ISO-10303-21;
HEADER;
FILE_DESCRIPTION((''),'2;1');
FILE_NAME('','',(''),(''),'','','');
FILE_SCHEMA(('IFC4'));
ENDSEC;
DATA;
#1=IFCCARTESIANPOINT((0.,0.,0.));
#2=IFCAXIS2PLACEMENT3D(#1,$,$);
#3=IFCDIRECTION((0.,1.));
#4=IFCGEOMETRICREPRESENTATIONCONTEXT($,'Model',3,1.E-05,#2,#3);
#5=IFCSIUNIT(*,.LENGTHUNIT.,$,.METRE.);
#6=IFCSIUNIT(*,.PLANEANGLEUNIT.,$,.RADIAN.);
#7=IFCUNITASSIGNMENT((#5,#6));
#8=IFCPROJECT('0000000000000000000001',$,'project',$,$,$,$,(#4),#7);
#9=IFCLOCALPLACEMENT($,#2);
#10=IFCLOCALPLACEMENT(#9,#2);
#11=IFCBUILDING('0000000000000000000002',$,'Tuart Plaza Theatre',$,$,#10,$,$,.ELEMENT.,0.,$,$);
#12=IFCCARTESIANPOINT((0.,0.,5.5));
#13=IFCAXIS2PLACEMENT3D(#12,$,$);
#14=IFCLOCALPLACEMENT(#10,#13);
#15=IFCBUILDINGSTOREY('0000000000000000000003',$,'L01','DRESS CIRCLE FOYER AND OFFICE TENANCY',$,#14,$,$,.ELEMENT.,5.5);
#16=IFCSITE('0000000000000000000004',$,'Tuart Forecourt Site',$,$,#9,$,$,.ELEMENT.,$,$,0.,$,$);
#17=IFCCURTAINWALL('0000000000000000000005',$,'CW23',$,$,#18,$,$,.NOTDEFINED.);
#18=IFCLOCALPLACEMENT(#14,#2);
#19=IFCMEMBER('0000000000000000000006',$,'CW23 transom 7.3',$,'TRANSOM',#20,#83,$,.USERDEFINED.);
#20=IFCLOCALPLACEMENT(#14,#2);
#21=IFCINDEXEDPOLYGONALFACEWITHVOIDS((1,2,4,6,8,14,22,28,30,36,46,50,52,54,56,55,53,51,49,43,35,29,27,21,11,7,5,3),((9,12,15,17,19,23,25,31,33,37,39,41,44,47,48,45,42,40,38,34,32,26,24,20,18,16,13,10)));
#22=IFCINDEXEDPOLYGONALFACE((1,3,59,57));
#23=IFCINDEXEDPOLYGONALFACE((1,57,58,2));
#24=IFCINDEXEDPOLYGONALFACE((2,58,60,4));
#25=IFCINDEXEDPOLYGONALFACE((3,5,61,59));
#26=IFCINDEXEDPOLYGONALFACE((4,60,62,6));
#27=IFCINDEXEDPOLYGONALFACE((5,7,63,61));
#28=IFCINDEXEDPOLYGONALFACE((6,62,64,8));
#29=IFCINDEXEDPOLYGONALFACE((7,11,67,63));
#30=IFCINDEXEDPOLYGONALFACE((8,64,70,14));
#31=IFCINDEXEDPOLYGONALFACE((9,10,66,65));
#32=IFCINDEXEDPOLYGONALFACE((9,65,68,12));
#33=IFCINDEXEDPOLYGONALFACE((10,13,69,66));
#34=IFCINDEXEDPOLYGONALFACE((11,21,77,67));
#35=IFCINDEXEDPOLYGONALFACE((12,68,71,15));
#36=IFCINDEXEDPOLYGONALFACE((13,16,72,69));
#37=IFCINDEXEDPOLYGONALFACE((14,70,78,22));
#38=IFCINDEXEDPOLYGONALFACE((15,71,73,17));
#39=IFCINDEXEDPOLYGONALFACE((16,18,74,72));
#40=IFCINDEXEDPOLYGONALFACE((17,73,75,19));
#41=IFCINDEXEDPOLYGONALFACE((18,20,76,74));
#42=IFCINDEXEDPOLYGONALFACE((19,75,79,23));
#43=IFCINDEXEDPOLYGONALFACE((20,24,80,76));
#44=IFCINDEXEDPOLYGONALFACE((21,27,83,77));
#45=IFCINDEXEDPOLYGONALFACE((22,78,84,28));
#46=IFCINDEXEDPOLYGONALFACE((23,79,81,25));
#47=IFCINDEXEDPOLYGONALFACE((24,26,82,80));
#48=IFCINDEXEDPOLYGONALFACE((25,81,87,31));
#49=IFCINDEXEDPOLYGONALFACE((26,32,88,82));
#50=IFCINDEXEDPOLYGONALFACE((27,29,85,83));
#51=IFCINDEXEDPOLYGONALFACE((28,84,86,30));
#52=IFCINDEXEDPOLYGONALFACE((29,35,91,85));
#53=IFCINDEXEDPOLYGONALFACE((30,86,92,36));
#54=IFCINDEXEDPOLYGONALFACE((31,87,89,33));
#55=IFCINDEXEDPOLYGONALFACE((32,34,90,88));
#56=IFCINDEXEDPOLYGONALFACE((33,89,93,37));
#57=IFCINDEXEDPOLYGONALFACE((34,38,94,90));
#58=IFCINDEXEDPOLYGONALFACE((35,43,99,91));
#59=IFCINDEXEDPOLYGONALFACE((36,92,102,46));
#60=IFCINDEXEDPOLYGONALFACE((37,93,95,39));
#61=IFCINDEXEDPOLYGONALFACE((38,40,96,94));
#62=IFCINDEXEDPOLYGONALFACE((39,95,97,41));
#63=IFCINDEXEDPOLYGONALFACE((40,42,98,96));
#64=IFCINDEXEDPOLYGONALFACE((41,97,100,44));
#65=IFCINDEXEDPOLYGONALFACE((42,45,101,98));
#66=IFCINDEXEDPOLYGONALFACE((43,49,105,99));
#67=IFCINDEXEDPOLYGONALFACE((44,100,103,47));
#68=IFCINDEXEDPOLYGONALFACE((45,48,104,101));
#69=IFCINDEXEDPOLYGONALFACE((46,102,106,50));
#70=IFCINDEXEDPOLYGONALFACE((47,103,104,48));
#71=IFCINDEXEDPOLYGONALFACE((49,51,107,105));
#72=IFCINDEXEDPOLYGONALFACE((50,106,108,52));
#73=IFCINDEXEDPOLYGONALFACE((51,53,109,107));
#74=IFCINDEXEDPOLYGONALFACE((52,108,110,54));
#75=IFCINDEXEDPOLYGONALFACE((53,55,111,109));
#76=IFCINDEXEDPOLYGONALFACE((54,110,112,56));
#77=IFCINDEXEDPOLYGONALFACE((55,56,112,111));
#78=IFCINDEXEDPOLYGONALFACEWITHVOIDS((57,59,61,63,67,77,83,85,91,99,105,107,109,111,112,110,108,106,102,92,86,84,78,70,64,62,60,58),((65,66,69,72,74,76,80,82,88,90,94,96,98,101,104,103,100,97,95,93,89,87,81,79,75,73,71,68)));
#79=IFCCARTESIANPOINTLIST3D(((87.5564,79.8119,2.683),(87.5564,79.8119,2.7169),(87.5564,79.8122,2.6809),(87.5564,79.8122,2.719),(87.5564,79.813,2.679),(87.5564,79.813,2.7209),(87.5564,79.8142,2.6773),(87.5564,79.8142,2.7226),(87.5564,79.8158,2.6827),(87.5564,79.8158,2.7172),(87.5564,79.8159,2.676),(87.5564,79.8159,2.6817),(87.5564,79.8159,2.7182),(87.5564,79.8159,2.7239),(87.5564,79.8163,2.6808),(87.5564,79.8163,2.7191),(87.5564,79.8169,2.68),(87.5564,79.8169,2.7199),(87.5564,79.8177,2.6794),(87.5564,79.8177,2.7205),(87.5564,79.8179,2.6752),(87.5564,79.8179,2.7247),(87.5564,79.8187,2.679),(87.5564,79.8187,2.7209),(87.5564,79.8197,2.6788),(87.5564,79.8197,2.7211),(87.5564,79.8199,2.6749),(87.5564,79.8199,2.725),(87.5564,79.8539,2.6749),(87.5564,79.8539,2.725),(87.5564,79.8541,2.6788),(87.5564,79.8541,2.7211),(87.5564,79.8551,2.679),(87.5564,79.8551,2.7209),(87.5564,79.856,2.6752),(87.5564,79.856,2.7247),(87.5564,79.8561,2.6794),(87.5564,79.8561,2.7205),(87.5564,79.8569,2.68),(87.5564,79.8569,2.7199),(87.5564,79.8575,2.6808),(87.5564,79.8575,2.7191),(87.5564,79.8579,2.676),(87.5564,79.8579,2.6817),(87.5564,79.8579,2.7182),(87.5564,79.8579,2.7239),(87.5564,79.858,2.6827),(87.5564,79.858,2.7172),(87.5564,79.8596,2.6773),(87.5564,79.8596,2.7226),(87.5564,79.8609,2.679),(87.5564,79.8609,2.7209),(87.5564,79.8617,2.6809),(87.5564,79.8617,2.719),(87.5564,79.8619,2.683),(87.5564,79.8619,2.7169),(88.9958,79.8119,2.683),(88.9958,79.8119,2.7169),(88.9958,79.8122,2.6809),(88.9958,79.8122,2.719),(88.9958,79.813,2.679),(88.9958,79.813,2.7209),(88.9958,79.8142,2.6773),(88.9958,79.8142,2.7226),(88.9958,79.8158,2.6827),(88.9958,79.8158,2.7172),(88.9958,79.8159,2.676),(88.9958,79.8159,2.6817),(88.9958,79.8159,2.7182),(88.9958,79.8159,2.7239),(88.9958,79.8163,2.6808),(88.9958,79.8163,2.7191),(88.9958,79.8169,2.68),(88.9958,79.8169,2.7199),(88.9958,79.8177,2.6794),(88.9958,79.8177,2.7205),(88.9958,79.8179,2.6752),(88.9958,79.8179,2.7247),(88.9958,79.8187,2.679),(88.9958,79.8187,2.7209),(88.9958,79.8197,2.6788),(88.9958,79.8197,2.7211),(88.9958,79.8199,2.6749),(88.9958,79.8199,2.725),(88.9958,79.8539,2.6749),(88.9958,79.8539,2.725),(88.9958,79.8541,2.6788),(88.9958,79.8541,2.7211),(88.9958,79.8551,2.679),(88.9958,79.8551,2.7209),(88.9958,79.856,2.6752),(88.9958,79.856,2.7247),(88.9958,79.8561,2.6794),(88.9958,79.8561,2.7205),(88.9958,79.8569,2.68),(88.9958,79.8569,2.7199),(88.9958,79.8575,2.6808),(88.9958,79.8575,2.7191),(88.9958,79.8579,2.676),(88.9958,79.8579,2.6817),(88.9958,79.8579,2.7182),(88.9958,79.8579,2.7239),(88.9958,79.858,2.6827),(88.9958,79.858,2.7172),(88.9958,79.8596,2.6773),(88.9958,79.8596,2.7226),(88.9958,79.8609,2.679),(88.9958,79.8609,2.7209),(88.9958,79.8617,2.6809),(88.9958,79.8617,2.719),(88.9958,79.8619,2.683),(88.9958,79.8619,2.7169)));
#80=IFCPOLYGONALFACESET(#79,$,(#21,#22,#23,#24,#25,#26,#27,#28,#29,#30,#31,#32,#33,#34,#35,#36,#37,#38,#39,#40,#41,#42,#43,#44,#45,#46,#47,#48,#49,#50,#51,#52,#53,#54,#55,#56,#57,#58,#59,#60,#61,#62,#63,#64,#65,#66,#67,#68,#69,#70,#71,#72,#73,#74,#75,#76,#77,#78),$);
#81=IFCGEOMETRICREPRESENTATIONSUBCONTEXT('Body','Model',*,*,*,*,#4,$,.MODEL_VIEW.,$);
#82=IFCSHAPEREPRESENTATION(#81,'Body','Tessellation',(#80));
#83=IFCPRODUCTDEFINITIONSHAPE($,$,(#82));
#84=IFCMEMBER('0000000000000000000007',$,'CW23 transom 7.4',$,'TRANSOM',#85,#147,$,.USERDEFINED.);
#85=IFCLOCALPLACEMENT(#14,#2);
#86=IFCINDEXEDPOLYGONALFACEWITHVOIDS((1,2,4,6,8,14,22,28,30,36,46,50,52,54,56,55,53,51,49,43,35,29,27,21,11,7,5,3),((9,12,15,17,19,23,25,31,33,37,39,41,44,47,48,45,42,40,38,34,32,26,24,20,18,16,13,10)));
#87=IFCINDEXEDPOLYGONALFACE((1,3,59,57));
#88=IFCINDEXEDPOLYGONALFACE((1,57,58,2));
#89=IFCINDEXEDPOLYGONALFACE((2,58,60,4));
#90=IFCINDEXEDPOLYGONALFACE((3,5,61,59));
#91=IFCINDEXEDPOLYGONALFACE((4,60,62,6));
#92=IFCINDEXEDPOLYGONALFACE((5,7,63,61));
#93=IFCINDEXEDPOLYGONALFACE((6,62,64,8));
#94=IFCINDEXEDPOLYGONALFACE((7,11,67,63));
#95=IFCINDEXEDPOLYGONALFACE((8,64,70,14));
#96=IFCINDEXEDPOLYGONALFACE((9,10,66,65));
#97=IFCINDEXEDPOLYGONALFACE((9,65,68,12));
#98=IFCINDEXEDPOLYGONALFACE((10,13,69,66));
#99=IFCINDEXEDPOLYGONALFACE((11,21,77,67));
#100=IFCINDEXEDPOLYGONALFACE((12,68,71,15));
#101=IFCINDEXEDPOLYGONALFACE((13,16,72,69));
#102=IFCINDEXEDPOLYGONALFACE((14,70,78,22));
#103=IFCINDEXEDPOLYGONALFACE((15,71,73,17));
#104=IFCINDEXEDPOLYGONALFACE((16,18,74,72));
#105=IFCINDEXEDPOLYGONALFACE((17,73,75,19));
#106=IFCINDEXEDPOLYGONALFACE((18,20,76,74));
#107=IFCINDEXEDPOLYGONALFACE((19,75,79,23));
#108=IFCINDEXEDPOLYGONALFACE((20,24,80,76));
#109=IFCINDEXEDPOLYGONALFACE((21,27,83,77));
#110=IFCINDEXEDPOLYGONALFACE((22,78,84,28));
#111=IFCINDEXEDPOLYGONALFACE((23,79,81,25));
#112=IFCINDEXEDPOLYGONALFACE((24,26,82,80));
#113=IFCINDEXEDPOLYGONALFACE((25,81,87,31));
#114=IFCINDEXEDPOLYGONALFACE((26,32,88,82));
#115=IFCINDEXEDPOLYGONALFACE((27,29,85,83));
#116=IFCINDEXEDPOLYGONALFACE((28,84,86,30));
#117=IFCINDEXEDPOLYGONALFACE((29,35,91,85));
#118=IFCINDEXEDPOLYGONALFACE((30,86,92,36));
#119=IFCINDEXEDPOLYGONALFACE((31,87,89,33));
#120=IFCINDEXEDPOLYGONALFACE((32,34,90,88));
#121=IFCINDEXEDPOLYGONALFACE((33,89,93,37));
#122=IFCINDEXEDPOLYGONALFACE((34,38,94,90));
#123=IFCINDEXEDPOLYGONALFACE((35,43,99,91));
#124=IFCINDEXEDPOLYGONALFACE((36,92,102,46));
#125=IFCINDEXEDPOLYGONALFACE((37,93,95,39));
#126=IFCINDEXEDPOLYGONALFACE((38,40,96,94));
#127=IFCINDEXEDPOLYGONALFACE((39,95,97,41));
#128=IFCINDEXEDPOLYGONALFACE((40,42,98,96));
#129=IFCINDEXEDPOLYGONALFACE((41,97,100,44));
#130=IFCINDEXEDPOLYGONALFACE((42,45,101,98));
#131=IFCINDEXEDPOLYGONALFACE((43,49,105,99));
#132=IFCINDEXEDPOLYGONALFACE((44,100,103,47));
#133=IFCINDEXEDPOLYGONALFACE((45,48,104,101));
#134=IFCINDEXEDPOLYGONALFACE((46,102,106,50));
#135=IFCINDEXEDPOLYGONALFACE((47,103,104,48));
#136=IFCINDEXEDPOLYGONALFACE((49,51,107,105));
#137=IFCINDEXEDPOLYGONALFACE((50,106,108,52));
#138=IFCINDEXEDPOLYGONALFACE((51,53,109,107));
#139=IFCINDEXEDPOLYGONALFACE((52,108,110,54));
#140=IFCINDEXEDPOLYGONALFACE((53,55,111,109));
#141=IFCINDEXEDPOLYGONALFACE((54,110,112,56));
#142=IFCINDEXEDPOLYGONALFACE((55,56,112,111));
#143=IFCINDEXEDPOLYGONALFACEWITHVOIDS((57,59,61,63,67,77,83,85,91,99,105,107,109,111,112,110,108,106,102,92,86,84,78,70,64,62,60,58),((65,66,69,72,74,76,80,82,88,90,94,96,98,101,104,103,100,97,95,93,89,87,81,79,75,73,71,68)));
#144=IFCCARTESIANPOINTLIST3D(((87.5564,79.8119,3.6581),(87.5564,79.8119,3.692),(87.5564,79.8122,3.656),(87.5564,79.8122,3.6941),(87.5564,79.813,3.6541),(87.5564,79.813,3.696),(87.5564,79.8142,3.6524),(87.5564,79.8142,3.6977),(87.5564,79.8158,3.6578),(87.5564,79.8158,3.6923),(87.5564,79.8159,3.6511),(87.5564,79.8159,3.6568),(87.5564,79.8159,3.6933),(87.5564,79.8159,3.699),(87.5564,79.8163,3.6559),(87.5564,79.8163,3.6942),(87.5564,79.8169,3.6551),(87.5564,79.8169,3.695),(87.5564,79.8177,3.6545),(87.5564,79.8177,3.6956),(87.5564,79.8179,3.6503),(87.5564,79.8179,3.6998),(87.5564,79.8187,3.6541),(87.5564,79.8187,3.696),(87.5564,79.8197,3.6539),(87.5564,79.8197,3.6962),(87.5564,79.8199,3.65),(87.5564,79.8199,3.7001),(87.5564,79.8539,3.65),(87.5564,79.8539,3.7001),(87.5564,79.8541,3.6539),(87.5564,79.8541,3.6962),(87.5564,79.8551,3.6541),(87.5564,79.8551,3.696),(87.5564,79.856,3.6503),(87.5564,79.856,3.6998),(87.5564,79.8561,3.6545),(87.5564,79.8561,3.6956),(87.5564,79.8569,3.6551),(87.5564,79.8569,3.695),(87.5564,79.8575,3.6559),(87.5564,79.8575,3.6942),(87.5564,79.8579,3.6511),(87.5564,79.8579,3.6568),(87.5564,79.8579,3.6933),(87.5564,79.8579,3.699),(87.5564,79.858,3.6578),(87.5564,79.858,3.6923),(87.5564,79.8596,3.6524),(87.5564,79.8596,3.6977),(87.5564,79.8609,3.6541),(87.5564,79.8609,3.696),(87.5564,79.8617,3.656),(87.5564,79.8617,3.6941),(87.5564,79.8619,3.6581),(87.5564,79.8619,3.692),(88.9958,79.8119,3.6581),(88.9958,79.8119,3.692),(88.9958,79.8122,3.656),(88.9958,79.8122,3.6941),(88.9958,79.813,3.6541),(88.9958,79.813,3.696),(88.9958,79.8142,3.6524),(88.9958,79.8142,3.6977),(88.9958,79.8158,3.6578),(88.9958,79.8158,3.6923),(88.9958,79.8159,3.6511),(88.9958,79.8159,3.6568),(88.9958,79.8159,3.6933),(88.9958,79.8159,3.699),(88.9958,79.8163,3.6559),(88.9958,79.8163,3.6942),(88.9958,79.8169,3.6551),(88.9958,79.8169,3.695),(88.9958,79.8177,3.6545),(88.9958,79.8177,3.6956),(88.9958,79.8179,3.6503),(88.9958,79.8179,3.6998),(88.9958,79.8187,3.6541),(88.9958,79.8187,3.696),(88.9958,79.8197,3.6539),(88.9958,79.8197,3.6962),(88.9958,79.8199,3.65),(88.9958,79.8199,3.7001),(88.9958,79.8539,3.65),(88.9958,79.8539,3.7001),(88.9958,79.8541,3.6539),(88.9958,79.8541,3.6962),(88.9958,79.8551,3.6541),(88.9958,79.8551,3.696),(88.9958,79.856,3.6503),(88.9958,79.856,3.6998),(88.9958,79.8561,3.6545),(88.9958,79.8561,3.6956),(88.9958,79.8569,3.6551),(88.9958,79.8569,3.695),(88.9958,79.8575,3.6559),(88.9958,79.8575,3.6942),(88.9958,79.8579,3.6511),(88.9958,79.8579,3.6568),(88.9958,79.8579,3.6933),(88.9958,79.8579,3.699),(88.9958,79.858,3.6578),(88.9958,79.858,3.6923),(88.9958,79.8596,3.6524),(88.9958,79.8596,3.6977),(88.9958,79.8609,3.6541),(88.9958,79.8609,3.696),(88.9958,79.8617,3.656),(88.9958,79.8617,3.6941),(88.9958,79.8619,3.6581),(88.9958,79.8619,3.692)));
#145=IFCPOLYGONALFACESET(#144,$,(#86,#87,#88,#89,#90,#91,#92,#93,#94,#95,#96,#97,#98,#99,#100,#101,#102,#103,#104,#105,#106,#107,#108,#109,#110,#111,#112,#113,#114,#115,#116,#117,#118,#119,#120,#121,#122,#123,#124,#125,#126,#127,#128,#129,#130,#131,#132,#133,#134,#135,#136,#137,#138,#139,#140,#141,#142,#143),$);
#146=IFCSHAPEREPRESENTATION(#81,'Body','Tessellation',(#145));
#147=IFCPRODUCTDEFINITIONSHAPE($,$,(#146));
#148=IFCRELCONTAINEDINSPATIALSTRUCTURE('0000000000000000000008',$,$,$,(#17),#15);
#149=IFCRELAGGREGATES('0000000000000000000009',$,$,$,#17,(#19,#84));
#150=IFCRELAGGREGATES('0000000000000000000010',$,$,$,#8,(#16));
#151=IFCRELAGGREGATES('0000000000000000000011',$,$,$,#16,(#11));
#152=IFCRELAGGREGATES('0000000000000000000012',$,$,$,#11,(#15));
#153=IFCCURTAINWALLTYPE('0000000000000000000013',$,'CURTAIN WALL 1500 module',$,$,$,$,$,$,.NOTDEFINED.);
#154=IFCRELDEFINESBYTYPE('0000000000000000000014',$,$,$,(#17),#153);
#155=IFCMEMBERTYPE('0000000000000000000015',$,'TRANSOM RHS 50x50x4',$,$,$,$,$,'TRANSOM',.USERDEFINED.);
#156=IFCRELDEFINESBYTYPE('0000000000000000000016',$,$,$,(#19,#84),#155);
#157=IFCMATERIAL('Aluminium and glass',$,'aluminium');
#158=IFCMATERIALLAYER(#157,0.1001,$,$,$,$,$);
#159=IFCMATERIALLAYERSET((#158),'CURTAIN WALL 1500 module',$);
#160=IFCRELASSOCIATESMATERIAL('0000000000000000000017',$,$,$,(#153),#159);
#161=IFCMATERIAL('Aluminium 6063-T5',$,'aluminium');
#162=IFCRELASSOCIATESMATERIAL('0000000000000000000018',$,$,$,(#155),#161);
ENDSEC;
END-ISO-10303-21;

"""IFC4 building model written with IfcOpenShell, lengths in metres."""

from ifc_helpers import new_model, si_unit, direction, frame, origin, origin_2d, place, context, subcontext, project, spatial, hollow_rectangle, extrude, material, layer, layer_set, material_profile, profile_set, type_object, element, aggregate, save


model = new_model("IFC4")

# Units and contexts
model_context = context("Model", 3, precision=1e-05, world=origin(), true_north=direction((0.0, 1.0)))
body_context = subcontext(model_context, "Body", "Model", "MODEL_VIEW")
ifc_project = project(units=[si_unit("LENGTHUNIT", "METRE"), si_unit("PLANEANGLEUNIT", "RADIAN")], contexts=[model_context])

# Site, building, storey
site_placement = place(None, origin())
site = spatial("IfcSite", under=ifc_project, at=site_placement, Name="Tuart Forecourt Site", CompositionType="ELEMENT", RefElevation=0.0)
building_placement = place(site_placement, origin())
building = spatial("IfcBuilding", under=site, at=building_placement, Name="Tuart Plaza Theatre", CompositionType="ELEMENT", ElevationOfRefHeight=0.0)
storey_placement = place(building_placement, frame((0.0, 0.0, 5.5)))
storey = spatial("IfcBuildingStorey", under=building, at=storey_placement, Name="L01", Description="DRESS CIRCLE FOYER AND OFFICE TENANCY", CompositionType="ELEMENT", Elevation=5.5)

# Curtain wall, members
ifc_material_1 = material(Name="Aluminium and glass", Category="aluminium")
ifc_layer_1 = layer(ifc_material_1, 0.1001)
ifc_layer_set_1 = layer_set([ifc_layer_1], Name="CURTAIN WALL 1500 module")
curtain_wall_type = type_object("IfcCurtainWallType", Name="CURTAIN WALL 1500 module", PredefinedType="NOTDEFINED", material=ifc_layer_set_1)
curtain_wall_placement = place(storey_placement, origin())
curtain_wall = element("IfcCurtainWall", 1, at=curtain_wall_placement, inside=storey, type_object=curtain_wall_type, Name="CW23", PredefinedType="NOTDEFINED")
ifc_material_2 = material(Name="Aluminium 6063-T5", Category="aluminium")
ifc_material_profile_1 = material_profile(ifc_material_2, hollow_rectangle(XDim=0.05, YDim=0.05, WallThickness=0.0039, InnerFilletRadius=0.0039, OuterFilletRadius=0.0081, at=origin_2d()), Name="RHS 50x50x4")
ifc_profile_set_1 = profile_set([ifc_material_profile_1], Name="Aluminium 6063-T5")
member_type_1 = type_object("IfcMemberType", Name="TRANSOM RHS 50x50x4", ElementType="TRANSOM", PredefinedType="USERDEFINED", material=ifc_profile_set_1)
member_1_placement = place(storey_placement, frame((87.5564, 79.8369, 2.7), z_axis=(1.0, 0.0, 0.0), x_axis=(0.0, 1.0, 0.0)))
member_1 = element("IfcMember", 2, at=member_1_placement, type_object=member_type_1, Name="CW23 transom 7.3", ObjectType="TRANSOM", PredefinedType="USERDEFINED", context=body_context, shape_type="SweptSolid", body=[
    extrude(hollow_rectangle(XDim=0.05, YDim=0.05, WallThickness=0.0039, InnerFilletRadius=0.0039, OuterFilletRadius=0.0081, at=origin_2d()), origin(), (0.0, 0.0, 1.0), 1.4395),
])
member_2_placement = place(storey_placement, frame((87.5564, 79.8369, 3.675), z_axis=(1.0, 0.0, 0.0), x_axis=(0.0, 1.0, 0.0)))
member_2 = element("IfcMember", 3, at=member_2_placement, type_object=member_type_1, Name="CW23 transom 7.4", ObjectType="TRANSOM", PredefinedType="USERDEFINED", context=body_context, shape_type="SweptSolid", body=[
    extrude(hollow_rectangle(XDim=0.05, YDim=0.05, WallThickness=0.0039, InnerFilletRadius=0.0039, OuterFilletRadius=0.0081, at=origin_2d()), origin(), (0.0, 0.0, 1.0), 1.4395),
])
aggregate(curtain_wall, [member_1, member_2])

save(model, "model.ifc")
